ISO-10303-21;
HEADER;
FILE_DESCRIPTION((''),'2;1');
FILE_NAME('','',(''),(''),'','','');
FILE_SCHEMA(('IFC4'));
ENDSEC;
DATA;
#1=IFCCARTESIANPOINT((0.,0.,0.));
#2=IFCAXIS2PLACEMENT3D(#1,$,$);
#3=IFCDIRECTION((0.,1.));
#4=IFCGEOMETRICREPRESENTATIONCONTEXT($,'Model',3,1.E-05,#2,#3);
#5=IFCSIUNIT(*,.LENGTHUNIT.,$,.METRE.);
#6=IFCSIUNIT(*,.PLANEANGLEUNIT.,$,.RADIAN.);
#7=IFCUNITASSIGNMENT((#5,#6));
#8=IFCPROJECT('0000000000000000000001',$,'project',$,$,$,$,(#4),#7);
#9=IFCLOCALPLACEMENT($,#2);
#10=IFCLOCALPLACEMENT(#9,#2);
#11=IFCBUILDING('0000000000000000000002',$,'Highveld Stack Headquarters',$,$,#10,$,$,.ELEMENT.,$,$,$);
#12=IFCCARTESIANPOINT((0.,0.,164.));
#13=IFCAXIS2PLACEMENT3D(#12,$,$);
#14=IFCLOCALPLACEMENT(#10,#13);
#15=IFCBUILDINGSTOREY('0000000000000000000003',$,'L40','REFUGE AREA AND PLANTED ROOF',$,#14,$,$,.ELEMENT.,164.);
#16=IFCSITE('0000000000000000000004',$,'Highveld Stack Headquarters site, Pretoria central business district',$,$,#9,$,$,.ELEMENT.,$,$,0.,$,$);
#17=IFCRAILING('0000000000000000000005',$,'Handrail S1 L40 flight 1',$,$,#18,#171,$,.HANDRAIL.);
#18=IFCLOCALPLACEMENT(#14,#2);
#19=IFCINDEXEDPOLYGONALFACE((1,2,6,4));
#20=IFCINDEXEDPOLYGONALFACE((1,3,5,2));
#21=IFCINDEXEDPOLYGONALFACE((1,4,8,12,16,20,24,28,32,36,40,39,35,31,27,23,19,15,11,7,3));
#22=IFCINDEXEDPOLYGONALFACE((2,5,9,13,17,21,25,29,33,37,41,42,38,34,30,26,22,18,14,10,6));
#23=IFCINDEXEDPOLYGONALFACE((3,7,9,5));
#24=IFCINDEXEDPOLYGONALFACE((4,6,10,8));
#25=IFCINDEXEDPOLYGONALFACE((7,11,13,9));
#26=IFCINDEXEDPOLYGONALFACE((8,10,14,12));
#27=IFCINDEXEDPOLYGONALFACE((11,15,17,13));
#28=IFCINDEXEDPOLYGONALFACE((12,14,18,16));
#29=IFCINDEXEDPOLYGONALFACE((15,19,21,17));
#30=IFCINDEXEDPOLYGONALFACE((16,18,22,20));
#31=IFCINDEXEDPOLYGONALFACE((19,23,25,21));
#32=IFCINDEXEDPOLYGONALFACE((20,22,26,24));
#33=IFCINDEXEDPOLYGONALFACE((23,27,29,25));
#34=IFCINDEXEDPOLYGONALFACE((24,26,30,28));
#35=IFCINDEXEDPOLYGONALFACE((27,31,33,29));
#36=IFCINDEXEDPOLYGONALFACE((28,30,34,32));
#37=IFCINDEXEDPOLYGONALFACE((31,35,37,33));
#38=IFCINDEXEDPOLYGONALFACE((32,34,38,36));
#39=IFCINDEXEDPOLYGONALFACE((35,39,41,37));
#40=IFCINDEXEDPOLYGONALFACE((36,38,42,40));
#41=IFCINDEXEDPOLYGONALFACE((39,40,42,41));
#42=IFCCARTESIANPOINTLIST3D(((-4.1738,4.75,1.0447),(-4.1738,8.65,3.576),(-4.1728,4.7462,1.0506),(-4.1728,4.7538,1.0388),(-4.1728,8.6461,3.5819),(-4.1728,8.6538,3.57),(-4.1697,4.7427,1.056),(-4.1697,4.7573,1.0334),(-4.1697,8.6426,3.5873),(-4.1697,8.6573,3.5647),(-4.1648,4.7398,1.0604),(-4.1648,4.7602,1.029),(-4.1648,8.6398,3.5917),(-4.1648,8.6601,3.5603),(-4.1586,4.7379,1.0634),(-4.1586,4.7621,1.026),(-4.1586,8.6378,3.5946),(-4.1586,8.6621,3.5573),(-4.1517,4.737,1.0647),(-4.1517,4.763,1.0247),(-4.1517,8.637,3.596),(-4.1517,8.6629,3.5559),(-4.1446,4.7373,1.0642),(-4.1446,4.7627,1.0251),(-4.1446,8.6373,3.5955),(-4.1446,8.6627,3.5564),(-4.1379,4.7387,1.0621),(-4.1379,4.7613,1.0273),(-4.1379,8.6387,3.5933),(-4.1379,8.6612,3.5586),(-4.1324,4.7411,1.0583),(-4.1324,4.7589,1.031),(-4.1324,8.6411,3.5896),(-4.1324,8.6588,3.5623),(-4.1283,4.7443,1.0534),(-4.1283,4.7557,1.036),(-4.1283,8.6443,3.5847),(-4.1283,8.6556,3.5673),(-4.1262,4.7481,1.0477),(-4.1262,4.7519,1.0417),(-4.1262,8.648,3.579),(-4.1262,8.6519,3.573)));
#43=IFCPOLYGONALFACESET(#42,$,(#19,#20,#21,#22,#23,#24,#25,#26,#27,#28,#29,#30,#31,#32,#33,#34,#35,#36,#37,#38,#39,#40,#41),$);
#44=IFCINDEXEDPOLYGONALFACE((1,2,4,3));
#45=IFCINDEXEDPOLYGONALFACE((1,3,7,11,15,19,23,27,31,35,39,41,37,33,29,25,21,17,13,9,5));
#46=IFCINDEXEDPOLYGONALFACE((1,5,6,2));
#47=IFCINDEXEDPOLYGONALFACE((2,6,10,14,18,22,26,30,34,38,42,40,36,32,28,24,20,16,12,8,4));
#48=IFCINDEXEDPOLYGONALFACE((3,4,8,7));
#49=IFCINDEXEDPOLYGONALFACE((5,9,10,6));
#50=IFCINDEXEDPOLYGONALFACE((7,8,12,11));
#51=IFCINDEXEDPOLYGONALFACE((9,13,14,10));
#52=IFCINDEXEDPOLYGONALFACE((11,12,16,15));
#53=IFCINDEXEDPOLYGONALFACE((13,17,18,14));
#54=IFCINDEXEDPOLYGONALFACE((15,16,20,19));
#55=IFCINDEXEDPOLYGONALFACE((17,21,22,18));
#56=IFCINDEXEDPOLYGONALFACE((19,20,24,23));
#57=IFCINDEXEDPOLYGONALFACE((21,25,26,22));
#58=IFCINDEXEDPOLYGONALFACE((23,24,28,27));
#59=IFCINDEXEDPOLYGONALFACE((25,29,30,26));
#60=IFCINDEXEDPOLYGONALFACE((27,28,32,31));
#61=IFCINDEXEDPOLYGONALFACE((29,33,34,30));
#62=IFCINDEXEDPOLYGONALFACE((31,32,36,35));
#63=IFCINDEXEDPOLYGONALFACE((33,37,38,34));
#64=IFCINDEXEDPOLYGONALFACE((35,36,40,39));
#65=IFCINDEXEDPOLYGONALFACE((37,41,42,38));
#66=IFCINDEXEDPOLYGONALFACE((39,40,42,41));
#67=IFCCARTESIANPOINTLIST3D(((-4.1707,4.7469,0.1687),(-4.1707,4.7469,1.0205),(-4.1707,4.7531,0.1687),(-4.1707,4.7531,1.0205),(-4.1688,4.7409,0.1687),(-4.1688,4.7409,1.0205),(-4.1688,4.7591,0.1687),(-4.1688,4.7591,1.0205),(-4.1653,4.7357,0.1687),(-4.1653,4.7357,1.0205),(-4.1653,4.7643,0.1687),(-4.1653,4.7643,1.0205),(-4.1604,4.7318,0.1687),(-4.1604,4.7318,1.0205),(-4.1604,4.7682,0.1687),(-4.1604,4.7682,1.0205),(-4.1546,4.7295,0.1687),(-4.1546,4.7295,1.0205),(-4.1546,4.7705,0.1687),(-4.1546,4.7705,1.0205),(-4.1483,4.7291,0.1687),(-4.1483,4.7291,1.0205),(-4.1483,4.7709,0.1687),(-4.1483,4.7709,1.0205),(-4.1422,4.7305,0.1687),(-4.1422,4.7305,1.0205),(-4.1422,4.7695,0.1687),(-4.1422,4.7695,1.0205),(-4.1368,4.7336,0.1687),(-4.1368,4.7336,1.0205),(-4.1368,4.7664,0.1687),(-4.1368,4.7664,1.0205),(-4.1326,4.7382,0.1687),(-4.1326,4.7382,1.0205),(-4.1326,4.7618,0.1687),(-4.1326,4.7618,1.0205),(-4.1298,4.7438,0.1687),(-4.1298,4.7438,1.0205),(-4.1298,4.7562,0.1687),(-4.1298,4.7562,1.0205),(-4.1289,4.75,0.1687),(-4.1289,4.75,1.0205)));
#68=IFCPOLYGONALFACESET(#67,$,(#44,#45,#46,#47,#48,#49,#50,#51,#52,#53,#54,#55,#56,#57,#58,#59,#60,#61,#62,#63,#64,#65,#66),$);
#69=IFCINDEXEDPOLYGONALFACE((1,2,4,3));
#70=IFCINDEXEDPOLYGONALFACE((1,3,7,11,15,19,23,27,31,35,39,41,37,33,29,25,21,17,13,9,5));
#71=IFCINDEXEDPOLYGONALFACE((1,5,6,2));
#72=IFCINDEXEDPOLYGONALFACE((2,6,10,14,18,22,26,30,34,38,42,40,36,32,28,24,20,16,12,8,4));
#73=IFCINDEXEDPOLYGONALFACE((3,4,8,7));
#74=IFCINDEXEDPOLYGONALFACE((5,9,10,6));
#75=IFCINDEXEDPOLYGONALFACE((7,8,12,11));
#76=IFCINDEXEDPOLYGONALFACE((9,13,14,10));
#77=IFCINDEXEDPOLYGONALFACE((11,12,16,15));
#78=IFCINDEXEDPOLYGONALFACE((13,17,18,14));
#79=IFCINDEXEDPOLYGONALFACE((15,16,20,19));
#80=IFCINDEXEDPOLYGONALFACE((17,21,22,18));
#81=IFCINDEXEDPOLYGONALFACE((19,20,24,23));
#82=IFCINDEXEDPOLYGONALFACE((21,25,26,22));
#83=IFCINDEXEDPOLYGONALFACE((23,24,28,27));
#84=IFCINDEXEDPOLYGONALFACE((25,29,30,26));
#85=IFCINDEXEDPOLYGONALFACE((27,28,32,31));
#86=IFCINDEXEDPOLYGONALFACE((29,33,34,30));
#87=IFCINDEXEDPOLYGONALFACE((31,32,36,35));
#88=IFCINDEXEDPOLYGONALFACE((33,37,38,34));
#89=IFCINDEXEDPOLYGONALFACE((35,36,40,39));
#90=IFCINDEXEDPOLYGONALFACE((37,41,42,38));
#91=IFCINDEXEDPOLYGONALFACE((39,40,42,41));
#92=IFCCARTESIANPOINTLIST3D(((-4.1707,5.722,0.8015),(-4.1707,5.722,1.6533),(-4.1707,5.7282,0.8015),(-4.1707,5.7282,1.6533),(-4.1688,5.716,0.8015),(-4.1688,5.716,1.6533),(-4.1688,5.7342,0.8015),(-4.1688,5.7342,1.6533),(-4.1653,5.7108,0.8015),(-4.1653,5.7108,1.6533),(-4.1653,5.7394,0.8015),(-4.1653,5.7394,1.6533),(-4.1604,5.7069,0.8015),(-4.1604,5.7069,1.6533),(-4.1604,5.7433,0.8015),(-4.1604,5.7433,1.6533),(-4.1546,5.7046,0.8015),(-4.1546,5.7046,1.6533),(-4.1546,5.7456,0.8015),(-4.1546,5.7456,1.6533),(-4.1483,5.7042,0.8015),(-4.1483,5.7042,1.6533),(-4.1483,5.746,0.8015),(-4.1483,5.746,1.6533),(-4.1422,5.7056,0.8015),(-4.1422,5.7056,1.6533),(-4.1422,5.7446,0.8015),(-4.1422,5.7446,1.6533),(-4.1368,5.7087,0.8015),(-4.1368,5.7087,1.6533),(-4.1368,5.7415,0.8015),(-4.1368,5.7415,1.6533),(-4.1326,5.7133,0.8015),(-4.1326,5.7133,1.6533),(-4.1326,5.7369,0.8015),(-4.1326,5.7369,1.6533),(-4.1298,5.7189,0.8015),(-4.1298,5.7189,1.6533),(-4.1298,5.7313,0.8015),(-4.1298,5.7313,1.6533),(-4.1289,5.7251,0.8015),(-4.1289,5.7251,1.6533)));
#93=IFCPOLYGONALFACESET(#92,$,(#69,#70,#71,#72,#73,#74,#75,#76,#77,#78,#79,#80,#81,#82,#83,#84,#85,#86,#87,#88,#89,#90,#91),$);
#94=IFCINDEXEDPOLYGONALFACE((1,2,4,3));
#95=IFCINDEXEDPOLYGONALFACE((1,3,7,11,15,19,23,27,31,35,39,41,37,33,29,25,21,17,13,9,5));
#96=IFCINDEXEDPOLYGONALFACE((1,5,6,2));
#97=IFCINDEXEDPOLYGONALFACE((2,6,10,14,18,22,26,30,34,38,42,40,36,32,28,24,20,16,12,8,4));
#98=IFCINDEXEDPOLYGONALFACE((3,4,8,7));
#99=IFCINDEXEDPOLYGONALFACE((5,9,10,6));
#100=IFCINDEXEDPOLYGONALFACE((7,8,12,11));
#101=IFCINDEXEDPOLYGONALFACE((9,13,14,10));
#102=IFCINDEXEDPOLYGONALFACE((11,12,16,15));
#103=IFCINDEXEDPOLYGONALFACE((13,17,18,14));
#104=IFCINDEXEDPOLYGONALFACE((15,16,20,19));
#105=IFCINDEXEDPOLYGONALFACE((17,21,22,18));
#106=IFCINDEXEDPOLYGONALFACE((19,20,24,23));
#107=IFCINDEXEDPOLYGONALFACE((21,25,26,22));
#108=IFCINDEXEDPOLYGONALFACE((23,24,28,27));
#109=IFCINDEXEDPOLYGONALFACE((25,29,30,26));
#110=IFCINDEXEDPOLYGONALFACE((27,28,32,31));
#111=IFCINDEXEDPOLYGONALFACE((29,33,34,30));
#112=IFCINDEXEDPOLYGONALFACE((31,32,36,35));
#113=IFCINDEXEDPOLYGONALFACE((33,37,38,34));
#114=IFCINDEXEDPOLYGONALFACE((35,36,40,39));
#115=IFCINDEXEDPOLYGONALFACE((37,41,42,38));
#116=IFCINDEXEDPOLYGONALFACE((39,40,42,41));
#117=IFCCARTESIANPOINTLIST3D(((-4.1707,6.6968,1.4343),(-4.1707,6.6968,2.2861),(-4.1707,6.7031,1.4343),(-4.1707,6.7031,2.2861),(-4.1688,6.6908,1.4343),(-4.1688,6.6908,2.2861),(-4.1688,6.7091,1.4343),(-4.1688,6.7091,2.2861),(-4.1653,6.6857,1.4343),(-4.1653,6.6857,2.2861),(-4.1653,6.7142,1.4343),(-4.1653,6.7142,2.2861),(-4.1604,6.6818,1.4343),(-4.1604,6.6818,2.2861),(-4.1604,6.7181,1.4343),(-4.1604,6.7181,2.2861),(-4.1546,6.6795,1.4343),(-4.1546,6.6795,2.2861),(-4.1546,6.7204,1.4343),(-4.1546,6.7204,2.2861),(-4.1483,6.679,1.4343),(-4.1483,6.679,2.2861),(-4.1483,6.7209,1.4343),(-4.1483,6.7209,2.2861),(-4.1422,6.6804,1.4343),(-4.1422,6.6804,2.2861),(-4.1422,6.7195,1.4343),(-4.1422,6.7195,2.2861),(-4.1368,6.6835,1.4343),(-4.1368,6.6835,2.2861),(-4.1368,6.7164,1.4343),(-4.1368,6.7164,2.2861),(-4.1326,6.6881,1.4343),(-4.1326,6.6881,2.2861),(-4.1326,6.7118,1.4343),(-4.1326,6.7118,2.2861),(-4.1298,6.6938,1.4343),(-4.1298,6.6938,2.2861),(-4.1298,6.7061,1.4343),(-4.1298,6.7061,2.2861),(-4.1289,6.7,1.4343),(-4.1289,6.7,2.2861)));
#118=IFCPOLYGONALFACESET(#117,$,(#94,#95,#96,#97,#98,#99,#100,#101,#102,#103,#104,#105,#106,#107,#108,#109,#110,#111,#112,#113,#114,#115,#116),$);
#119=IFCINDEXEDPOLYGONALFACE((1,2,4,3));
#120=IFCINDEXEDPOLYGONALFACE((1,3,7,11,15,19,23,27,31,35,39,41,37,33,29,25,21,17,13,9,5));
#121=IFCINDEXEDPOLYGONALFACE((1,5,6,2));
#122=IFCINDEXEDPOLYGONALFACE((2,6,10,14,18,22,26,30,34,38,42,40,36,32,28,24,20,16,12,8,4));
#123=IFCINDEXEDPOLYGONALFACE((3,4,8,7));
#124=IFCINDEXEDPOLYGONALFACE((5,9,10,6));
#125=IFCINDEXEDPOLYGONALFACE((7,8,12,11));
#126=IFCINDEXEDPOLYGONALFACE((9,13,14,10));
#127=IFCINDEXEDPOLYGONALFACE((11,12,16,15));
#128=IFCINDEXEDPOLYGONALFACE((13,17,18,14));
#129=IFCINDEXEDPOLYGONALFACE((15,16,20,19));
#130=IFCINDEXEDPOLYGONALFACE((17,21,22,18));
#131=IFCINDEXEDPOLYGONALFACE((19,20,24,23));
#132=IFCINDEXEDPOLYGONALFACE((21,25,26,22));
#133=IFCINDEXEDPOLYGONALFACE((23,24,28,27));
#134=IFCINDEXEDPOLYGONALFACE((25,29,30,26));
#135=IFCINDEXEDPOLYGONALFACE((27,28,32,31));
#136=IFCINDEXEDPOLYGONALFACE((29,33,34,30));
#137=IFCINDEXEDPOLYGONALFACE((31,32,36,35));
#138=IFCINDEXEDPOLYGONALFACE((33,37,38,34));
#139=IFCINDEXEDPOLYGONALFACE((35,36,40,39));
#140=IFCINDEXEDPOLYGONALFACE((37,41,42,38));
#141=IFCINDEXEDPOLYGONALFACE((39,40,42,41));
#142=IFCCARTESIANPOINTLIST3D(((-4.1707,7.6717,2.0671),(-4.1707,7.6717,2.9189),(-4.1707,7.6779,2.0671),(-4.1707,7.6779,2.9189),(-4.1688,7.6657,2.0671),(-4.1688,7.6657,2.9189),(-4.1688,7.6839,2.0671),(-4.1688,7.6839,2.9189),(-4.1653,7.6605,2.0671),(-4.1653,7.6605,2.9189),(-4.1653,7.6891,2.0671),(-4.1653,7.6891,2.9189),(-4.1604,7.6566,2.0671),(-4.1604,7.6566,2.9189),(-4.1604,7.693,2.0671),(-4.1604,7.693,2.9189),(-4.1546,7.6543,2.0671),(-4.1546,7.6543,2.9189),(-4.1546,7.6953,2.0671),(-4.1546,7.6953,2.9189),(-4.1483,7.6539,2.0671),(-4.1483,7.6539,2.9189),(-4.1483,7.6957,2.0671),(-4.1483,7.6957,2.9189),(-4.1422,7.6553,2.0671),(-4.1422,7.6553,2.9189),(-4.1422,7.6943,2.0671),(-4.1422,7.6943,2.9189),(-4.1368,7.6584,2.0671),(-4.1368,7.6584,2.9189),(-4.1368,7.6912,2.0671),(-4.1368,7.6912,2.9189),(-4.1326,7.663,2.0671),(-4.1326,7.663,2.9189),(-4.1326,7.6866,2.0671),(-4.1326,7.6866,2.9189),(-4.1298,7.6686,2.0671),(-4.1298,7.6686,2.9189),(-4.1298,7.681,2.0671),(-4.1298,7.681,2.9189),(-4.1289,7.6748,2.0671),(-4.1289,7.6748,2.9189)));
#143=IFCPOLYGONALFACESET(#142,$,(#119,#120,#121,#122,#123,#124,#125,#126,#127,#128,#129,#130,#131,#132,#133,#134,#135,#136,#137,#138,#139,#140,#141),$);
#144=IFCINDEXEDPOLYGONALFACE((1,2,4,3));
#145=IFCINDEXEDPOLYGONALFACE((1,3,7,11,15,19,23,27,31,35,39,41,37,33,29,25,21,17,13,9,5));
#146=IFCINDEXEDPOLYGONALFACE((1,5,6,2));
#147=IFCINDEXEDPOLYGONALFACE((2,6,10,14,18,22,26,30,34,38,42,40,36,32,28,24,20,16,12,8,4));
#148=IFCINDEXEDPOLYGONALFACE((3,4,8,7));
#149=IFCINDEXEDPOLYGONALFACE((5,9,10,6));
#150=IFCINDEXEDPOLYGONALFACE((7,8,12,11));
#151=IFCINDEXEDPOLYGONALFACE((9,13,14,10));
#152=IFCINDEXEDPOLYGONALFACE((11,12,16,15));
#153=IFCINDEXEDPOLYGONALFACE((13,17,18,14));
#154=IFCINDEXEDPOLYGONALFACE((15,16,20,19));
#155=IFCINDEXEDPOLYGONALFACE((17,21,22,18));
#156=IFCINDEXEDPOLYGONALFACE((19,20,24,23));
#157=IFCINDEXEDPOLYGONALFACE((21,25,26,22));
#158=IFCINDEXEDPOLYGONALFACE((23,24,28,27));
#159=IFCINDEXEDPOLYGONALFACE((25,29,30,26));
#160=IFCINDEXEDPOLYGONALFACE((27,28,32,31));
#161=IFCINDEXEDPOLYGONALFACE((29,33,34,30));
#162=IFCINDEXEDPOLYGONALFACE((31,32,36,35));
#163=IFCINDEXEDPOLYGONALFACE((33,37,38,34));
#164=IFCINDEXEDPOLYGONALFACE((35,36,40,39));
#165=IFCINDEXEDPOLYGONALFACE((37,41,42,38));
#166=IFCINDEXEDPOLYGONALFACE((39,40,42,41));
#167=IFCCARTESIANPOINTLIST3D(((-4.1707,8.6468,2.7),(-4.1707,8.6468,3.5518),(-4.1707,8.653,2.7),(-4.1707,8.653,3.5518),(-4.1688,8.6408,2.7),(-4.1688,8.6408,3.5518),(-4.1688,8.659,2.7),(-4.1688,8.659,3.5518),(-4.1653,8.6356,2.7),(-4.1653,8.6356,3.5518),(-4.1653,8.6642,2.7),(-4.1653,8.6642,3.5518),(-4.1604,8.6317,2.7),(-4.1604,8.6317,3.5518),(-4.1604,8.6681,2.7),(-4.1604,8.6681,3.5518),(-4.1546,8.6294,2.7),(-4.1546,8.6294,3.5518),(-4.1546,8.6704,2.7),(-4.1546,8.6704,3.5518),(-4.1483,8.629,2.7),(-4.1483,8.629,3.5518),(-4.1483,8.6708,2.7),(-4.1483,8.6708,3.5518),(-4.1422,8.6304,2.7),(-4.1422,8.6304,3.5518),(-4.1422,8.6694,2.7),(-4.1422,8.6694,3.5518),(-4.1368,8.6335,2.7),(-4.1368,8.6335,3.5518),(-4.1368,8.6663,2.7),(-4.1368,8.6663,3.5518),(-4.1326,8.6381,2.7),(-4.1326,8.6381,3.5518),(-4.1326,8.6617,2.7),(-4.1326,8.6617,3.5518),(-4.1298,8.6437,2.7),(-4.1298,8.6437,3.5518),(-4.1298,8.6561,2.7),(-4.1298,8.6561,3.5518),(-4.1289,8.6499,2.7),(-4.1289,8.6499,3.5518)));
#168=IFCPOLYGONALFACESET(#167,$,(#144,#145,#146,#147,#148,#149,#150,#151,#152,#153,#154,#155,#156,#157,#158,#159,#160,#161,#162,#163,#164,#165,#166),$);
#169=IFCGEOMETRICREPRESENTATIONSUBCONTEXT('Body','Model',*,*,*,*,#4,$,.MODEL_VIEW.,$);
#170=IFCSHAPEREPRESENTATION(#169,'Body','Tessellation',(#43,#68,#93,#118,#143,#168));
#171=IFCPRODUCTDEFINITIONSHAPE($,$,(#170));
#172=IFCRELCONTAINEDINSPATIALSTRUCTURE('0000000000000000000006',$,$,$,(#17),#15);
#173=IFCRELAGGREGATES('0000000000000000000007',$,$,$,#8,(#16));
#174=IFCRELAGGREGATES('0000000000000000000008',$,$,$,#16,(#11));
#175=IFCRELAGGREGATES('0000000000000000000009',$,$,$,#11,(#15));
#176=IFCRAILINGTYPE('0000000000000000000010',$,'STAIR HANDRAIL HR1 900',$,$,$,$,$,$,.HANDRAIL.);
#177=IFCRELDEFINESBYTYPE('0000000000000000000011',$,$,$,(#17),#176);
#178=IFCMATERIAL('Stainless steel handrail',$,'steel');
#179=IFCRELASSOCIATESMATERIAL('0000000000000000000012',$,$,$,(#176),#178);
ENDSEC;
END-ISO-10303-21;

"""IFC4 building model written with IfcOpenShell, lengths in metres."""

from ifc_helpers import new_model, si_unit, direction, frame, origin, origin_2d, place, context, subcontext, project, spatial, circle, extrude, material, type_object, element, save


model = new_model("IFC4")

# Units and contexts
model_context = context("Model", 3, precision=1e-05, world=origin(), true_north=direction((0.0, 1.0)))
body_context = subcontext(model_context, "Body", "Model", "MODEL_VIEW")
ifc_project = project(units=[si_unit("LENGTHUNIT", "METRE"), si_unit("PLANEANGLEUNIT", "RADIAN")], contexts=[model_context])

# Site, building, storey
site_placement = place(None, origin())
site = spatial("IfcSite", under=ifc_project, at=site_placement, Name="Highveld Stack Headquarters site, Pretoria central business district", CompositionType="ELEMENT", RefElevation=0.0)
building_placement = place(site_placement, origin())
building = spatial("IfcBuilding", under=site, at=building_placement, Name="Highveld Stack Headquarters", CompositionType="ELEMENT")
storey_placement = place(building_placement, frame((0.0, 0.0, 164.0)))
storey = spatial("IfcBuildingStorey", under=building, at=storey_placement, Name="L40", Description="REFUGE AREA AND PLANTED ROOF", CompositionType="ELEMENT", Elevation=164.0)

# Railing
ifc_material_1 = material(Name="Stainless steel handrail", Category="steel")
railing_type = type_object("IfcRailingType", Name="STAIR HANDRAIL HR1 900", PredefinedType="HANDRAIL", material=ifc_material_1)
for number, where, name in (
    (1, (-4.1499, 4.75, 0.1687), "Handrail S1 L40 flight 1"),
):
    element("IfcRailing", number, at=place(storey_placement, frame(where)), inside=storey, type_object=railing_type, Name=name, PredefinedType="HANDRAIL", context=body_context, shape_type="SweptSolid", body=[
        extrude(circle(Radius=0.0239, at=origin_2d()), frame((0.0, 0.0, 0.876), z_axis=(0.0, 0.838806, 0.544431), x_axis=(-1.0, 0.0, 0.0)), (0.0, 0.0, 1.0), 4.6494),
        extrude(circle(Radius=0.021, at=origin_2d()), origin(), (0.0, 0.0, 1.0), 0.8518),
        extrude(circle(Radius=0.021, at=origin_2d()), frame((0.0, 0.9751, 0.6328)), (0.0, 0.0, 1.0), 0.8518),
        extrude(circle(Radius=0.021, at=origin_2d()), frame((0.0, 1.95, 1.2656)), (0.0, 0.0, 1.0), 0.8518),
        extrude(circle(Radius=0.021, at=origin_2d()), frame((0.0, 2.9248, 1.8984)), (0.0, 0.0, 1.0), 0.8518),
        extrude(circle(Radius=0.021, at=origin_2d()), frame((0.0, 3.8999, 2.5312)), (0.0, 0.0, 1.0), 0.8518),
    ])

save(model, "model.ifc")
